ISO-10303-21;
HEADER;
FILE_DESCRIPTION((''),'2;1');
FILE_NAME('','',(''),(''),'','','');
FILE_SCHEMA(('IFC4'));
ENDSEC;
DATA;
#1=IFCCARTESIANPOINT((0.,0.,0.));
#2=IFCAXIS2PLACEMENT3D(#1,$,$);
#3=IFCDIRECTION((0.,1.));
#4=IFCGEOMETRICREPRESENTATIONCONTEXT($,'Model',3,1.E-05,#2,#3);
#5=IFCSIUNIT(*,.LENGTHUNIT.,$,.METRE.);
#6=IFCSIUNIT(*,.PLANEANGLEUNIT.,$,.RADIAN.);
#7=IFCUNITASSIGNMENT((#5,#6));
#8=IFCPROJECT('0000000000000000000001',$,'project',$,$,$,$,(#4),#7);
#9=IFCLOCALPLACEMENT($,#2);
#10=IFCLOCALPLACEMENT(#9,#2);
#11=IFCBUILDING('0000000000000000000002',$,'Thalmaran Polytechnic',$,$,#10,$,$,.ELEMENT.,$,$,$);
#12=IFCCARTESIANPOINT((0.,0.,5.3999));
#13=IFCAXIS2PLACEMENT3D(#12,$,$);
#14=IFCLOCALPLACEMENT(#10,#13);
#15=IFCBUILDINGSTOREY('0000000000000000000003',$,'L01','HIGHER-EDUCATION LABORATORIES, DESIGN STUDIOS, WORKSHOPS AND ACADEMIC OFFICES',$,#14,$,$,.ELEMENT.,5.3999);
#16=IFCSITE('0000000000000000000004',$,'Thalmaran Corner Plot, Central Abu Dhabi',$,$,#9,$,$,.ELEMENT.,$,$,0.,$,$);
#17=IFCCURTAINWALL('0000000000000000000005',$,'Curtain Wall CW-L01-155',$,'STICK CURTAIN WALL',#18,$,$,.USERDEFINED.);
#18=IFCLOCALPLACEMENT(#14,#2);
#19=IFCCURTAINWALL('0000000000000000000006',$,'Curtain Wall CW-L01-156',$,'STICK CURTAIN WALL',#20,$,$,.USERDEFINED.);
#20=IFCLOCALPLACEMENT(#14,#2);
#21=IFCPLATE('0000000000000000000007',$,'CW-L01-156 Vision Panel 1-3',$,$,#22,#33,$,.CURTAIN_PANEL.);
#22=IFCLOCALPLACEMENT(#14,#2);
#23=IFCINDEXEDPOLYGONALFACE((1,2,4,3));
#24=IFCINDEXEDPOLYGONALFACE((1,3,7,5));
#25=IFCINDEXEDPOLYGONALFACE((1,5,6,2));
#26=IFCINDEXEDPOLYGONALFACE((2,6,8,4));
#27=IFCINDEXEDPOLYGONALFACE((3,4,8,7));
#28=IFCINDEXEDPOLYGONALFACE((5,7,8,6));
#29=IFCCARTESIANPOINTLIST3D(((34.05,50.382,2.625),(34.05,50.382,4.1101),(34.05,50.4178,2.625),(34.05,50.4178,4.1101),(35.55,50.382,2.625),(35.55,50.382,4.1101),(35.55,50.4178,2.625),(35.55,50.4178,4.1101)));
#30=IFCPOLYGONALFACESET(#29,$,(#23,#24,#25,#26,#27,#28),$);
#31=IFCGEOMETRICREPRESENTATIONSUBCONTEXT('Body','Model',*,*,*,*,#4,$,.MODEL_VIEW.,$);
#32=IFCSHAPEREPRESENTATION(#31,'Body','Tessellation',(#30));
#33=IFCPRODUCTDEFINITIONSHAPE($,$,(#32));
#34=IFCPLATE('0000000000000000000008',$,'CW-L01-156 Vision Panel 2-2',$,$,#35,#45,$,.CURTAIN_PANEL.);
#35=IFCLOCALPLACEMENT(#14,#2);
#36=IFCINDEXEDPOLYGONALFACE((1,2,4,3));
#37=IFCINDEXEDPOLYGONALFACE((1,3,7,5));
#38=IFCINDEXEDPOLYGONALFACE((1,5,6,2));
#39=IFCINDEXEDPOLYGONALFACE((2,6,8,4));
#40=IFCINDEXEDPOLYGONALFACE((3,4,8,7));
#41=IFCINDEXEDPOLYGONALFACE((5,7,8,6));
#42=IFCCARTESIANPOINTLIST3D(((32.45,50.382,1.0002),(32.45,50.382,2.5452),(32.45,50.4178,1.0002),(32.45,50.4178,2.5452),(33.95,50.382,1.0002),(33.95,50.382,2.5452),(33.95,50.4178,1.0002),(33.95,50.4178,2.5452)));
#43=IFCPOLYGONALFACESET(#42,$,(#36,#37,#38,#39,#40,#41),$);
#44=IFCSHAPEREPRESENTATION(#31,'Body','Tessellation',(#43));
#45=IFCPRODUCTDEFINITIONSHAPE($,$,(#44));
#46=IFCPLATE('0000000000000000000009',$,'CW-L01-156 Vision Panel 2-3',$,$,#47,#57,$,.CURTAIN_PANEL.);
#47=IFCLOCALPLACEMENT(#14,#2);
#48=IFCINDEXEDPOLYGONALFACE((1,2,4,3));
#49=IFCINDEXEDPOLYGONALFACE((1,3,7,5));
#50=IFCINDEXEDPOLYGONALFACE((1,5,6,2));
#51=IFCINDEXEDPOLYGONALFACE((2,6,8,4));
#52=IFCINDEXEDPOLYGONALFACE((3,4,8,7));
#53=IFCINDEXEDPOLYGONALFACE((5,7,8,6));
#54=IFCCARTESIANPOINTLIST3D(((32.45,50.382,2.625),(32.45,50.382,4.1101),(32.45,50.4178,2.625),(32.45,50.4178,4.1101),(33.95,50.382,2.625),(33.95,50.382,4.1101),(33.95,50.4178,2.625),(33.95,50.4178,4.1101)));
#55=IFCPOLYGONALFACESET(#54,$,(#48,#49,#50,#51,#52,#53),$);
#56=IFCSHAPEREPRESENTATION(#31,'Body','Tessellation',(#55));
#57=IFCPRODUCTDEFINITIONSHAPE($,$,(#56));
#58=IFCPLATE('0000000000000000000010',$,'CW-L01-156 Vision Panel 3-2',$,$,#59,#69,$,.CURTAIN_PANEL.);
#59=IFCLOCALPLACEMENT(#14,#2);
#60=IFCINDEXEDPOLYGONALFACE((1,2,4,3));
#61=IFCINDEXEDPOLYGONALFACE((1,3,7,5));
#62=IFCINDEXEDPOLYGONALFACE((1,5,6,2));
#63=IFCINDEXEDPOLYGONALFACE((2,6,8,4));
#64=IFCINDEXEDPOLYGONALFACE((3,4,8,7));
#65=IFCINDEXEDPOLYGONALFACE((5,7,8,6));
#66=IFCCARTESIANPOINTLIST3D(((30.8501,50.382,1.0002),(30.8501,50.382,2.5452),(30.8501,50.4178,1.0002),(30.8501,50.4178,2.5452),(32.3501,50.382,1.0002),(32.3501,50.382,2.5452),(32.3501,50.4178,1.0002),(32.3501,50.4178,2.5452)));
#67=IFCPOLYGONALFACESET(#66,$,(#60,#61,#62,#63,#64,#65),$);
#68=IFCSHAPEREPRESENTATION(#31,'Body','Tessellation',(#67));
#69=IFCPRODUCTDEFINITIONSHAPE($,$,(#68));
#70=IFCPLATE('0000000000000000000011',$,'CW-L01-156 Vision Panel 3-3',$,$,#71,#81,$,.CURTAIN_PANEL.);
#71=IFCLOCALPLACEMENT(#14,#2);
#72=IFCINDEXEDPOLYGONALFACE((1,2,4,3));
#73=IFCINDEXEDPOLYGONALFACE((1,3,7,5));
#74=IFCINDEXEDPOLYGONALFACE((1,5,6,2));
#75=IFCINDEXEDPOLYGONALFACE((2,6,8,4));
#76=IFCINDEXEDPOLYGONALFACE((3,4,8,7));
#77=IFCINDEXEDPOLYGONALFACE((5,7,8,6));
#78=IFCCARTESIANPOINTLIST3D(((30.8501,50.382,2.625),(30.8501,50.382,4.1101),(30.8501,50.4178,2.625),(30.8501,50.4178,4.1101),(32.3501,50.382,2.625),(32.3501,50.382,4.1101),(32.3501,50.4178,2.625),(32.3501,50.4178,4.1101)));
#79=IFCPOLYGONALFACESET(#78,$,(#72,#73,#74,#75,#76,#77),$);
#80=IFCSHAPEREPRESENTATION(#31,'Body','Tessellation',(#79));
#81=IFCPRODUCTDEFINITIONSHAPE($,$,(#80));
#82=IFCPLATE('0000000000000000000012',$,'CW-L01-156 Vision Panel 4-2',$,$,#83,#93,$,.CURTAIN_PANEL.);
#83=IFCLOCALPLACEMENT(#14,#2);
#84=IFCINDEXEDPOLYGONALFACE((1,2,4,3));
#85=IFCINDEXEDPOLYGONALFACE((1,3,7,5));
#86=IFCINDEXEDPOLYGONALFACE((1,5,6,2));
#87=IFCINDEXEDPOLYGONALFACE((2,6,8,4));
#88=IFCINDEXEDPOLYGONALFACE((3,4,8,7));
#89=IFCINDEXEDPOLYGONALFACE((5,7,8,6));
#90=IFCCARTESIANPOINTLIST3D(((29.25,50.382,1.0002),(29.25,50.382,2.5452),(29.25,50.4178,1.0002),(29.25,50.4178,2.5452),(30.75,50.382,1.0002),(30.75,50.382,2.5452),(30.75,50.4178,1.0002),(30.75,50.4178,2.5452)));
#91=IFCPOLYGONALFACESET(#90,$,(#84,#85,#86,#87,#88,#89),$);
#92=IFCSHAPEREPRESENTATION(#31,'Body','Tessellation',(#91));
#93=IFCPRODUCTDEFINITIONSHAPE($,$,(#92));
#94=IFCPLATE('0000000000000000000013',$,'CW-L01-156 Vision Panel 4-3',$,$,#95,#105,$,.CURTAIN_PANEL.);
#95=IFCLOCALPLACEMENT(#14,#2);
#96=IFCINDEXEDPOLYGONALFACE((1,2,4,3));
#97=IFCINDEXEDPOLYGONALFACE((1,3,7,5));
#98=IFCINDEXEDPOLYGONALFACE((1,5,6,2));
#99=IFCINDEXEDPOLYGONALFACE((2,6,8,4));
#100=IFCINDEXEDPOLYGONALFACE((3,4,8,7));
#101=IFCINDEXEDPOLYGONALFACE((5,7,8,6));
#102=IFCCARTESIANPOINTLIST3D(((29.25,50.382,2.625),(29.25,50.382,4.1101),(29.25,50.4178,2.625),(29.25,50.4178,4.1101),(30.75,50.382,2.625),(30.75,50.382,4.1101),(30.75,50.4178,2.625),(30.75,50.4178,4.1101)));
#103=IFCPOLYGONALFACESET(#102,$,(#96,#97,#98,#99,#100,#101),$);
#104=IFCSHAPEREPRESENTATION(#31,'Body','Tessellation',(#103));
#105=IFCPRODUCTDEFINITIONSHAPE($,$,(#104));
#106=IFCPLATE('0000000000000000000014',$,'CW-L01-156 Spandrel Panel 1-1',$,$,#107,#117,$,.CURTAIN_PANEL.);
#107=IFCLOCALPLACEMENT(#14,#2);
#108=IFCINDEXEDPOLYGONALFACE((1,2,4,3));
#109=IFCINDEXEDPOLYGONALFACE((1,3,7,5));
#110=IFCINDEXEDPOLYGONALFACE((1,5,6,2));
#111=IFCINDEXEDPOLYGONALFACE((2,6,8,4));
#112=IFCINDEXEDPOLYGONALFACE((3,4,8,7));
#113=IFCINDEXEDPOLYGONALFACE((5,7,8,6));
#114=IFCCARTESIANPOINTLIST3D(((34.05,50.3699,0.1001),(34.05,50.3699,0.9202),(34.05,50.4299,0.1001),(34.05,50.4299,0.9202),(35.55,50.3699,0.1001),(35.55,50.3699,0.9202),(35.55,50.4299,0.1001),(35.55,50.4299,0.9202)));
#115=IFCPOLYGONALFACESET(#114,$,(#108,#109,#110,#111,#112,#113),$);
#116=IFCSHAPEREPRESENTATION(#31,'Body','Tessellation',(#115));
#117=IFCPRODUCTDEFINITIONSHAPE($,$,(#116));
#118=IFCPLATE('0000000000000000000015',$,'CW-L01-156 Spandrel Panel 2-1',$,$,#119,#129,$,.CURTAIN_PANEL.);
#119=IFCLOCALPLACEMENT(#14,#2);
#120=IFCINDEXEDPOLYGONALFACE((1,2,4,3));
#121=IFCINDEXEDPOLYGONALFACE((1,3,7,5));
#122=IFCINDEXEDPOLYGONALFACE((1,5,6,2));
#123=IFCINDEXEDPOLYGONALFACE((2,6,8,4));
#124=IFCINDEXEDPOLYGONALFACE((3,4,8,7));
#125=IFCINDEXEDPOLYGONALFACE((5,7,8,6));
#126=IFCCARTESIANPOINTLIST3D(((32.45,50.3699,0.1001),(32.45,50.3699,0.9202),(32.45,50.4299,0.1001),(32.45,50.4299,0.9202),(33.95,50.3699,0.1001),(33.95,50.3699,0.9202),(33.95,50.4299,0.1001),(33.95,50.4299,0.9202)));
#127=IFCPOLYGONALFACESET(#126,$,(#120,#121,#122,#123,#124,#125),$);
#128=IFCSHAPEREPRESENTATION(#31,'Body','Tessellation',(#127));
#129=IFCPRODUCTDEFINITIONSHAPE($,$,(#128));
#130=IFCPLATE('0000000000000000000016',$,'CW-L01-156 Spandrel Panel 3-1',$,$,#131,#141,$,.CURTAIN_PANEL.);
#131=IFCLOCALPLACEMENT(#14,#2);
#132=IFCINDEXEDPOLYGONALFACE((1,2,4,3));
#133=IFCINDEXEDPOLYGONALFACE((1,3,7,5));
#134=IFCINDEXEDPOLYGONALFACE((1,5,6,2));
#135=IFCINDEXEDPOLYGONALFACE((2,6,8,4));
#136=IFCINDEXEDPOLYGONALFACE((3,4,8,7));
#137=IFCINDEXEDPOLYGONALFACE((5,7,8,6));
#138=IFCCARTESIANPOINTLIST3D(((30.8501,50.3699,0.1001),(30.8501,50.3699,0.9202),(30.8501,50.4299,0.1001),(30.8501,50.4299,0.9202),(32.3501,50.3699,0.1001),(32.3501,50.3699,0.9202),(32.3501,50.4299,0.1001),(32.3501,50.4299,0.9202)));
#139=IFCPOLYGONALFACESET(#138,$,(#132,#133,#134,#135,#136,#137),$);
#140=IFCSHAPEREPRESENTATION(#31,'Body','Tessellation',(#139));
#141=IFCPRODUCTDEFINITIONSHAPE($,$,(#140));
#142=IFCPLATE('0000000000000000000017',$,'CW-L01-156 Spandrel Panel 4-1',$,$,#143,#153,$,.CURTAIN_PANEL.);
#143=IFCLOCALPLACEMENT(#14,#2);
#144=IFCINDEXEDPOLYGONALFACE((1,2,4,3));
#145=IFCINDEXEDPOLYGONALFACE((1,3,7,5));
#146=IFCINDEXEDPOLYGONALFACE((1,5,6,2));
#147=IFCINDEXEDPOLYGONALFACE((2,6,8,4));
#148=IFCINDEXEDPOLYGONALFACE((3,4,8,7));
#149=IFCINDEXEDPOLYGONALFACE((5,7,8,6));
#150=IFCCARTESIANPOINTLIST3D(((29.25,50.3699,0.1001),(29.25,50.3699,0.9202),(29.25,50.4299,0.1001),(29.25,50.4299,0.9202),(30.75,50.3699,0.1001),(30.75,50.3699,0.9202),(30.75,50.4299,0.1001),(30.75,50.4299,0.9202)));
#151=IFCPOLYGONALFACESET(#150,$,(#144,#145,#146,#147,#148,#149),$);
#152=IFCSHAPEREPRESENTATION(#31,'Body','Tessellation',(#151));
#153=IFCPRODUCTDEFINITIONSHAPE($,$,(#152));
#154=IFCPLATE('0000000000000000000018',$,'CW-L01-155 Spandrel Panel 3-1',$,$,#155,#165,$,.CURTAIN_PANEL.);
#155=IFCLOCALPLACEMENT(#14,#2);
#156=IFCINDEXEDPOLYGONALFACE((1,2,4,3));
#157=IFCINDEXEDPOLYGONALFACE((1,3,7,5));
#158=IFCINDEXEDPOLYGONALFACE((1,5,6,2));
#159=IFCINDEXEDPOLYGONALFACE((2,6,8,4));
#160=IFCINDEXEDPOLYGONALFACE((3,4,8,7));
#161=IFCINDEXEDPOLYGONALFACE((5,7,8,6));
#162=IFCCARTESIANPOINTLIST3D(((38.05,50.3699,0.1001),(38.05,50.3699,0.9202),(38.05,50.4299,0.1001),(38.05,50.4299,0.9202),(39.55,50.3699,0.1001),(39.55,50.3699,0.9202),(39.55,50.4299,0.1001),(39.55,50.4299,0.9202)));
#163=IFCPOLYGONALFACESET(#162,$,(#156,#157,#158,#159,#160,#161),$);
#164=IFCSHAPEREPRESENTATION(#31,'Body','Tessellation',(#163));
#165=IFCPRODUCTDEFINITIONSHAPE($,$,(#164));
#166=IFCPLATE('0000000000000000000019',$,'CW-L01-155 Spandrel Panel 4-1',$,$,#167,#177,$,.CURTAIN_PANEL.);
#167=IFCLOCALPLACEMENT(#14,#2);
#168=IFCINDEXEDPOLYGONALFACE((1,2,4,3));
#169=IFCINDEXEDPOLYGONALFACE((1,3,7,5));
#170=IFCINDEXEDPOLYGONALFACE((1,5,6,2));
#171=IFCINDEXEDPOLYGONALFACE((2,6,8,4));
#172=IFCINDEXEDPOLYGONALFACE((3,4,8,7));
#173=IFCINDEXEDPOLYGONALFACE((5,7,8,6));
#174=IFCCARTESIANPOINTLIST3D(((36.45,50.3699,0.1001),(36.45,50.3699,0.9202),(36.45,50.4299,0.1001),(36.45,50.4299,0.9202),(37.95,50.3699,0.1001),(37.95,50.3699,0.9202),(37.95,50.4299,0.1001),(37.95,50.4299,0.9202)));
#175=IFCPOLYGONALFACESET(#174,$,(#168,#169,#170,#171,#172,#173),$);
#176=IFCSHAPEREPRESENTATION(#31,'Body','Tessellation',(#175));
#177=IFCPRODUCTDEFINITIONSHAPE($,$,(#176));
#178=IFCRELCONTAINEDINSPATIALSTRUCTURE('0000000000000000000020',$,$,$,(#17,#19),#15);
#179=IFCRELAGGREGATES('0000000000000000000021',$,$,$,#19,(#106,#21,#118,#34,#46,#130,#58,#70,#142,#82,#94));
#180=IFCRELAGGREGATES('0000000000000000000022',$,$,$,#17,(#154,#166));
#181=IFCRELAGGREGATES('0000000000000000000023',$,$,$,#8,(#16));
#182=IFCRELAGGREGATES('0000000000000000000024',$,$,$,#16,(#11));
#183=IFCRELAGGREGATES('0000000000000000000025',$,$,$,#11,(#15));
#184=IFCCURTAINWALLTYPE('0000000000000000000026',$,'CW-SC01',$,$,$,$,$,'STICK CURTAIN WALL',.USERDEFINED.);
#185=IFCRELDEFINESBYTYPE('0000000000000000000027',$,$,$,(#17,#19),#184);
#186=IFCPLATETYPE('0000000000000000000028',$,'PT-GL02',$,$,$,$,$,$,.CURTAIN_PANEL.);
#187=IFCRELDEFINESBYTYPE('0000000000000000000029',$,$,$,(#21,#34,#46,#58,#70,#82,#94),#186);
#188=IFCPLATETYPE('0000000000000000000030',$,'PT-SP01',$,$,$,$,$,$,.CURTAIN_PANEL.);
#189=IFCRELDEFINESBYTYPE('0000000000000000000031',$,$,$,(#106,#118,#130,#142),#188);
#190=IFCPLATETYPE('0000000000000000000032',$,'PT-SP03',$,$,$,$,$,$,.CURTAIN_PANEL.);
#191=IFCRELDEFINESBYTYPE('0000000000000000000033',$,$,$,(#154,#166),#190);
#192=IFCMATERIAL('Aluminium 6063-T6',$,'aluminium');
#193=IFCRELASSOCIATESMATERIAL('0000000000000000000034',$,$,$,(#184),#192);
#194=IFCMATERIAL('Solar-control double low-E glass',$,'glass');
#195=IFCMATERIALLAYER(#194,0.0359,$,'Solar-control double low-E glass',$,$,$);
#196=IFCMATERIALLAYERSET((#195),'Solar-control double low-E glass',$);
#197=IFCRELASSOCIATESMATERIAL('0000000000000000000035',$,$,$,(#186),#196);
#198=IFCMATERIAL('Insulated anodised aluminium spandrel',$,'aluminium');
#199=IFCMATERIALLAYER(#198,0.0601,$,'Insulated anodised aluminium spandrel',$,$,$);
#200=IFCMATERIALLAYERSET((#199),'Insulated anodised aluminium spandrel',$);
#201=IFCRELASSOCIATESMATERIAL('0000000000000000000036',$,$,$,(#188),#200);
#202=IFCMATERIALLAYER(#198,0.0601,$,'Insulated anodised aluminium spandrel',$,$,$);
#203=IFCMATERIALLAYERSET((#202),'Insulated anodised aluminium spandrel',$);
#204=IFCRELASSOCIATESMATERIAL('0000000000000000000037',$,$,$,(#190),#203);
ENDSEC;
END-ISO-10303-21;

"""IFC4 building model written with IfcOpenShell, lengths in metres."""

from ifc_helpers import new_model, si_unit, direction, frame, origin, origin_2d, place, context, subcontext, project, spatial, rectangle, extrude, material, layer, layer_set, type_object, element, aggregate, save


model = new_model("IFC4")

# Units and contexts
model_context = context("Model", 3, precision=1e-05, world=origin(), true_north=direction((0.0, 1.0)))
body_context = subcontext(model_context, "Body", "Model", "MODEL_VIEW")
ifc_project = project(units=[si_unit("LENGTHUNIT", "METRE"), si_unit("PLANEANGLEUNIT", "RADIAN")], contexts=[model_context])

# Site, building, storey
site_placement = place(None, origin())
site = spatial("IfcSite", under=ifc_project, at=site_placement, Name="Thalmaran Corner Plot, Central Abu Dhabi", CompositionType="ELEMENT", RefElevation=0.0)
building_placement = place(site_placement, origin())
building = spatial("IfcBuilding", under=site, at=building_placement, Name="Thalmaran Polytechnic", CompositionType="ELEMENT")
storey_placement = place(building_placement, frame((0.0, 0.0, 5.3999)))
storey = spatial("IfcBuildingStorey", under=building, at=storey_placement, Name="L01", Description="HIGHER-EDUCATION LABORATORIES, DESIGN STUDIOS, WORKSHOPS AND ACADEMIC OFFICES", CompositionType="ELEMENT", Elevation=5.3999)

# Curtain walls
ifc_material_1 = material(Name="Aluminium 6063-T6", Category="aluminium")
curtain_wall_type = type_object("IfcCurtainWallType", Name="CW-SC01", ElementType="STICK CURTAIN WALL", PredefinedType="USERDEFINED", material=ifc_material_1)
curtain_wall_1_placement = place(storey_placement, origin())
curtain_wall_1 = element("IfcCurtainWall", 1, at=curtain_wall_1_placement, inside=storey, type_object=curtain_wall_type, Name="Curtain Wall CW-L01-155", ObjectType="STICK CURTAIN WALL", PredefinedType="USERDEFINED")
curtain_wall_2_placement = place(storey_placement, origin())
curtain_wall_2 = element("IfcCurtainWall", 2, at=curtain_wall_2_placement, inside=storey, type_object=curtain_wall_type, Name="Curtain Wall CW-L01-156", ObjectType="STICK CURTAIN WALL", PredefinedType="USERDEFINED")

# Plates
ifc_material_2 = material(Name="Solar-control double low-E glass", Category="glass")
ifc_layer_1 = layer(ifc_material_2, 0.0359, Name="Solar-control double low-E glass")
ifc_layer_set_1 = layer_set([ifc_layer_1], Name="Solar-control double low-E glass")
plate_type_1 = type_object("IfcPlateType", Name="PT-GL02", PredefinedType="CURTAIN_PANEL", material=ifc_layer_set_1)
plate_1_placement = place(storey_placement, frame((34.8, 50.3999, 2.625), z_axis=(0.0, 0.0, 1.0), x_axis=(-1.0, 0.0, 0.0)))
plate_1 = element("IfcPlate", 3, at=plate_1_placement, type_object=plate_type_1, Name="CW-L01-156 Vision Panel 1-3", PredefinedType="CURTAIN_PANEL", context=body_context, shape_type="SweptSolid", body=[
    extrude(rectangle(XDim=1.5, YDim=0.0359, at=origin_2d()), origin(), (0.0, 0.0, 1.0), 1.4851),
])
plate_2_placement = place(storey_placement, frame((33.2, 50.3999, 1.0002), z_axis=(0.0, 0.0, 1.0), x_axis=(-1.0, 0.0, 0.0)))
plate_2 = element("IfcPlate", 4, at=plate_2_placement, type_object=plate_type_1, Name="CW-L01-156 Vision Panel 2-2", PredefinedType="CURTAIN_PANEL", context=body_context, shape_type="SweptSolid", body=[
    extrude(rectangle(XDim=1.5, YDim=0.0359, at=origin_2d()), origin(), (0.0, 0.0, 1.0), 1.5449),
])
plate_3_placement = place(storey_placement, frame((33.2, 50.3999, 2.625), z_axis=(0.0, 0.0, 1.0), x_axis=(-1.0, 0.0, 0.0)))
plate_3 = element("IfcPlate", 5, at=plate_3_placement, type_object=plate_type_1, Name="CW-L01-156 Vision Panel 2-3", PredefinedType="CURTAIN_PANEL", context=body_context, shape_type="SweptSolid", body=[
    extrude(rectangle(XDim=1.5, YDim=0.0359, at=origin_2d()), origin(), (0.0, 0.0, 1.0), 1.4851),
])
plate_4_placement = place(storey_placement, frame((31.6001, 50.3999, 1.0002), z_axis=(0.0, 0.0, 1.0), x_axis=(-1.0, 0.0, 0.0)))
plate_4 = element("IfcPlate", 6, at=plate_4_placement, type_object=plate_type_1, Name="CW-L01-156 Vision Panel 3-2", PredefinedType="CURTAIN_PANEL", context=body_context, shape_type="SweptSolid", body=[
    extrude(rectangle(XDim=1.5, YDim=0.0359, at=origin_2d()), origin(), (0.0, 0.0, 1.0), 1.5449),
])
plate_5_placement = place(storey_placement, frame((31.6001, 50.3999, 2.625), z_axis=(0.0, 0.0, 1.0), x_axis=(-1.0, 0.0, 0.0)))
plate_5 = element("IfcPlate", 7, at=plate_5_placement, type_object=plate_type_1, Name="CW-L01-156 Vision Panel 3-3", PredefinedType="CURTAIN_PANEL", context=body_context, shape_type="SweptSolid", body=[
    extrude(rectangle(XDim=1.5, YDim=0.0359, at=origin_2d()), origin(), (0.0, 0.0, 1.0), 1.4851),
])
plate_6_placement = place(storey_placement, frame((30.0, 50.3999, 1.0002), z_axis=(0.0, 0.0, 1.0), x_axis=(-1.0, 0.0, 0.0)))
plate_6 = element("IfcPlate", 8, at=plate_6_placement, type_object=plate_type_1, Name="CW-L01-156 Vision Panel 4-2", PredefinedType="CURTAIN_PANEL", context=body_context, shape_type="SweptSolid", body=[
    extrude(rectangle(XDim=1.5, YDim=0.0359, at=origin_2d()), origin(), (0.0, 0.0, 1.0), 1.5449),
])
plate_7_placement = place(storey_placement, frame((30.0, 50.3999, 2.625), z_axis=(0.0, 0.0, 1.0), x_axis=(-1.0, 0.0, 0.0)))
plate_7 = element("IfcPlate", 9, at=plate_7_placement, type_object=plate_type_1, Name="CW-L01-156 Vision Panel 4-3", PredefinedType="CURTAIN_PANEL", context=body_context, shape_type="SweptSolid", body=[
    extrude(rectangle(XDim=1.5, YDim=0.0359, at=origin_2d()), origin(), (0.0, 0.0, 1.0), 1.4851),
])
ifc_material_3 = material(Name="Insulated anodised aluminium spandrel", Category="aluminium")
ifc_layer_2 = layer(ifc_material_3, 0.0601, Name="Insulated anodised aluminium spandrel")
ifc_layer_set_2 = layer_set([ifc_layer_2], Name="Insulated anodised aluminium spandrel")
plate_type_2 = type_object("IfcPlateType", Name="PT-SP01", PredefinedType="CURTAIN_PANEL", material=ifc_layer_set_2)
plate_8_placement = place(storey_placement, frame((34.8, 50.3999, 0.1001), z_axis=(0.0, 0.0, 1.0), x_axis=(-1.0, 0.0, 0.0)))
plate_8 = element("IfcPlate", 10, at=plate_8_placement, type_object=plate_type_2, Name="CW-L01-156 Spandrel Panel 1-1", PredefinedType="CURTAIN_PANEL", context=body_context, shape_type="SweptSolid", body=[
    extrude(rectangle(XDim=1.5, YDim=0.0601, at=origin_2d()), origin(), (0.0, 0.0, 1.0), 0.8201),
])
plate_9_placement = place(storey_placement, frame((33.2, 50.3999, 0.1001), z_axis=(0.0, 0.0, 1.0), x_axis=(-1.0, 0.0, 0.0)))
plate_9 = element("IfcPlate", 11, at=plate_9_placement, type_object=plate_type_2, Name="CW-L01-156 Spandrel Panel 2-1", PredefinedType="CURTAIN_PANEL", context=body_context, shape_type="SweptSolid", body=[
    extrude(rectangle(XDim=1.5, YDim=0.0601, at=origin_2d()), origin(), (0.0, 0.0, 1.0), 0.8201),
])
plate_10_placement = place(storey_placement, frame((31.6001, 50.3999, 0.1001), z_axis=(0.0, 0.0, 1.0), x_axis=(-1.0, 0.0, 0.0)))
plate_10 = element("IfcPlate", 12, at=plate_10_placement, type_object=plate_type_2, Name="CW-L01-156 Spandrel Panel 3-1", PredefinedType="CURTAIN_PANEL", context=body_context, shape_type="SweptSolid", body=[
    extrude(rectangle(XDim=1.5, YDim=0.0601, at=origin_2d()), origin(), (0.0, 0.0, 1.0), 0.8201),
])
plate_11_placement = place(storey_placement, frame((30.0, 50.3999, 0.1001), z_axis=(0.0, 0.0, 1.0), x_axis=(-1.0, 0.0, 0.0)))
plate_11 = element("IfcPlate", 13, at=plate_11_placement, type_object=plate_type_2, Name="CW-L01-156 Spandrel Panel 4-1", PredefinedType="CURTAIN_PANEL", context=body_context, shape_type="SweptSolid", body=[
    extrude(rectangle(XDim=1.5, YDim=0.0601, at=origin_2d()), origin(), (0.0, 0.0, 1.0), 0.8201),
])
aggregate(curtain_wall_2, [plate_8, plate_1, plate_9, plate_2, plate_3, plate_10, plate_4, plate_5, plate_11, plate_6, plate_7])
ifc_layer_3 = layer(ifc_material_3, 0.0601, Name="Insulated anodised aluminium spandrel")
ifc_layer_set_3 = layer_set([ifc_layer_3], Name="Insulated anodised aluminium spandrel")
plate_type_3 = type_object("IfcPlateType", Name="PT-SP03", PredefinedType="CURTAIN_PANEL", material=ifc_layer_set_3)
plate_12_placement = place(storey_placement, frame((38.8, 50.3999, 0.1001), z_axis=(0.0, 0.0, 1.0), x_axis=(-1.0, 0.0, 0.0)))
plate_12 = element("IfcPlate", 14, at=plate_12_placement, type_object=plate_type_3, Name="CW-L01-155 Spandrel Panel 3-1", PredefinedType="CURTAIN_PANEL", context=body_context, shape_type="SweptSolid", body=[
    extrude(rectangle(XDim=1.5, YDim=0.0601, at=origin_2d()), origin(), (0.0, 0.0, 1.0), 0.8201),
])
plate_13_placement = place(storey_placement, frame((37.2, 50.3999, 0.1001), z_axis=(0.0, 0.0, 1.0), x_axis=(-1.0, 0.0, 0.0)))
plate_13 = element("IfcPlate", 15, at=plate_13_placement, type_object=plate_type_3, Name="CW-L01-155 Spandrel Panel 4-1", PredefinedType="CURTAIN_PANEL", context=body_context, shape_type="SweptSolid", body=[
    extrude(rectangle(XDim=1.5, YDim=0.0601, at=origin_2d()), origin(), (0.0, 0.0, 1.0), 0.8201),
])
aggregate(curtain_wall_1, [plate_12, plate_13])

save(model, "model.ifc")
